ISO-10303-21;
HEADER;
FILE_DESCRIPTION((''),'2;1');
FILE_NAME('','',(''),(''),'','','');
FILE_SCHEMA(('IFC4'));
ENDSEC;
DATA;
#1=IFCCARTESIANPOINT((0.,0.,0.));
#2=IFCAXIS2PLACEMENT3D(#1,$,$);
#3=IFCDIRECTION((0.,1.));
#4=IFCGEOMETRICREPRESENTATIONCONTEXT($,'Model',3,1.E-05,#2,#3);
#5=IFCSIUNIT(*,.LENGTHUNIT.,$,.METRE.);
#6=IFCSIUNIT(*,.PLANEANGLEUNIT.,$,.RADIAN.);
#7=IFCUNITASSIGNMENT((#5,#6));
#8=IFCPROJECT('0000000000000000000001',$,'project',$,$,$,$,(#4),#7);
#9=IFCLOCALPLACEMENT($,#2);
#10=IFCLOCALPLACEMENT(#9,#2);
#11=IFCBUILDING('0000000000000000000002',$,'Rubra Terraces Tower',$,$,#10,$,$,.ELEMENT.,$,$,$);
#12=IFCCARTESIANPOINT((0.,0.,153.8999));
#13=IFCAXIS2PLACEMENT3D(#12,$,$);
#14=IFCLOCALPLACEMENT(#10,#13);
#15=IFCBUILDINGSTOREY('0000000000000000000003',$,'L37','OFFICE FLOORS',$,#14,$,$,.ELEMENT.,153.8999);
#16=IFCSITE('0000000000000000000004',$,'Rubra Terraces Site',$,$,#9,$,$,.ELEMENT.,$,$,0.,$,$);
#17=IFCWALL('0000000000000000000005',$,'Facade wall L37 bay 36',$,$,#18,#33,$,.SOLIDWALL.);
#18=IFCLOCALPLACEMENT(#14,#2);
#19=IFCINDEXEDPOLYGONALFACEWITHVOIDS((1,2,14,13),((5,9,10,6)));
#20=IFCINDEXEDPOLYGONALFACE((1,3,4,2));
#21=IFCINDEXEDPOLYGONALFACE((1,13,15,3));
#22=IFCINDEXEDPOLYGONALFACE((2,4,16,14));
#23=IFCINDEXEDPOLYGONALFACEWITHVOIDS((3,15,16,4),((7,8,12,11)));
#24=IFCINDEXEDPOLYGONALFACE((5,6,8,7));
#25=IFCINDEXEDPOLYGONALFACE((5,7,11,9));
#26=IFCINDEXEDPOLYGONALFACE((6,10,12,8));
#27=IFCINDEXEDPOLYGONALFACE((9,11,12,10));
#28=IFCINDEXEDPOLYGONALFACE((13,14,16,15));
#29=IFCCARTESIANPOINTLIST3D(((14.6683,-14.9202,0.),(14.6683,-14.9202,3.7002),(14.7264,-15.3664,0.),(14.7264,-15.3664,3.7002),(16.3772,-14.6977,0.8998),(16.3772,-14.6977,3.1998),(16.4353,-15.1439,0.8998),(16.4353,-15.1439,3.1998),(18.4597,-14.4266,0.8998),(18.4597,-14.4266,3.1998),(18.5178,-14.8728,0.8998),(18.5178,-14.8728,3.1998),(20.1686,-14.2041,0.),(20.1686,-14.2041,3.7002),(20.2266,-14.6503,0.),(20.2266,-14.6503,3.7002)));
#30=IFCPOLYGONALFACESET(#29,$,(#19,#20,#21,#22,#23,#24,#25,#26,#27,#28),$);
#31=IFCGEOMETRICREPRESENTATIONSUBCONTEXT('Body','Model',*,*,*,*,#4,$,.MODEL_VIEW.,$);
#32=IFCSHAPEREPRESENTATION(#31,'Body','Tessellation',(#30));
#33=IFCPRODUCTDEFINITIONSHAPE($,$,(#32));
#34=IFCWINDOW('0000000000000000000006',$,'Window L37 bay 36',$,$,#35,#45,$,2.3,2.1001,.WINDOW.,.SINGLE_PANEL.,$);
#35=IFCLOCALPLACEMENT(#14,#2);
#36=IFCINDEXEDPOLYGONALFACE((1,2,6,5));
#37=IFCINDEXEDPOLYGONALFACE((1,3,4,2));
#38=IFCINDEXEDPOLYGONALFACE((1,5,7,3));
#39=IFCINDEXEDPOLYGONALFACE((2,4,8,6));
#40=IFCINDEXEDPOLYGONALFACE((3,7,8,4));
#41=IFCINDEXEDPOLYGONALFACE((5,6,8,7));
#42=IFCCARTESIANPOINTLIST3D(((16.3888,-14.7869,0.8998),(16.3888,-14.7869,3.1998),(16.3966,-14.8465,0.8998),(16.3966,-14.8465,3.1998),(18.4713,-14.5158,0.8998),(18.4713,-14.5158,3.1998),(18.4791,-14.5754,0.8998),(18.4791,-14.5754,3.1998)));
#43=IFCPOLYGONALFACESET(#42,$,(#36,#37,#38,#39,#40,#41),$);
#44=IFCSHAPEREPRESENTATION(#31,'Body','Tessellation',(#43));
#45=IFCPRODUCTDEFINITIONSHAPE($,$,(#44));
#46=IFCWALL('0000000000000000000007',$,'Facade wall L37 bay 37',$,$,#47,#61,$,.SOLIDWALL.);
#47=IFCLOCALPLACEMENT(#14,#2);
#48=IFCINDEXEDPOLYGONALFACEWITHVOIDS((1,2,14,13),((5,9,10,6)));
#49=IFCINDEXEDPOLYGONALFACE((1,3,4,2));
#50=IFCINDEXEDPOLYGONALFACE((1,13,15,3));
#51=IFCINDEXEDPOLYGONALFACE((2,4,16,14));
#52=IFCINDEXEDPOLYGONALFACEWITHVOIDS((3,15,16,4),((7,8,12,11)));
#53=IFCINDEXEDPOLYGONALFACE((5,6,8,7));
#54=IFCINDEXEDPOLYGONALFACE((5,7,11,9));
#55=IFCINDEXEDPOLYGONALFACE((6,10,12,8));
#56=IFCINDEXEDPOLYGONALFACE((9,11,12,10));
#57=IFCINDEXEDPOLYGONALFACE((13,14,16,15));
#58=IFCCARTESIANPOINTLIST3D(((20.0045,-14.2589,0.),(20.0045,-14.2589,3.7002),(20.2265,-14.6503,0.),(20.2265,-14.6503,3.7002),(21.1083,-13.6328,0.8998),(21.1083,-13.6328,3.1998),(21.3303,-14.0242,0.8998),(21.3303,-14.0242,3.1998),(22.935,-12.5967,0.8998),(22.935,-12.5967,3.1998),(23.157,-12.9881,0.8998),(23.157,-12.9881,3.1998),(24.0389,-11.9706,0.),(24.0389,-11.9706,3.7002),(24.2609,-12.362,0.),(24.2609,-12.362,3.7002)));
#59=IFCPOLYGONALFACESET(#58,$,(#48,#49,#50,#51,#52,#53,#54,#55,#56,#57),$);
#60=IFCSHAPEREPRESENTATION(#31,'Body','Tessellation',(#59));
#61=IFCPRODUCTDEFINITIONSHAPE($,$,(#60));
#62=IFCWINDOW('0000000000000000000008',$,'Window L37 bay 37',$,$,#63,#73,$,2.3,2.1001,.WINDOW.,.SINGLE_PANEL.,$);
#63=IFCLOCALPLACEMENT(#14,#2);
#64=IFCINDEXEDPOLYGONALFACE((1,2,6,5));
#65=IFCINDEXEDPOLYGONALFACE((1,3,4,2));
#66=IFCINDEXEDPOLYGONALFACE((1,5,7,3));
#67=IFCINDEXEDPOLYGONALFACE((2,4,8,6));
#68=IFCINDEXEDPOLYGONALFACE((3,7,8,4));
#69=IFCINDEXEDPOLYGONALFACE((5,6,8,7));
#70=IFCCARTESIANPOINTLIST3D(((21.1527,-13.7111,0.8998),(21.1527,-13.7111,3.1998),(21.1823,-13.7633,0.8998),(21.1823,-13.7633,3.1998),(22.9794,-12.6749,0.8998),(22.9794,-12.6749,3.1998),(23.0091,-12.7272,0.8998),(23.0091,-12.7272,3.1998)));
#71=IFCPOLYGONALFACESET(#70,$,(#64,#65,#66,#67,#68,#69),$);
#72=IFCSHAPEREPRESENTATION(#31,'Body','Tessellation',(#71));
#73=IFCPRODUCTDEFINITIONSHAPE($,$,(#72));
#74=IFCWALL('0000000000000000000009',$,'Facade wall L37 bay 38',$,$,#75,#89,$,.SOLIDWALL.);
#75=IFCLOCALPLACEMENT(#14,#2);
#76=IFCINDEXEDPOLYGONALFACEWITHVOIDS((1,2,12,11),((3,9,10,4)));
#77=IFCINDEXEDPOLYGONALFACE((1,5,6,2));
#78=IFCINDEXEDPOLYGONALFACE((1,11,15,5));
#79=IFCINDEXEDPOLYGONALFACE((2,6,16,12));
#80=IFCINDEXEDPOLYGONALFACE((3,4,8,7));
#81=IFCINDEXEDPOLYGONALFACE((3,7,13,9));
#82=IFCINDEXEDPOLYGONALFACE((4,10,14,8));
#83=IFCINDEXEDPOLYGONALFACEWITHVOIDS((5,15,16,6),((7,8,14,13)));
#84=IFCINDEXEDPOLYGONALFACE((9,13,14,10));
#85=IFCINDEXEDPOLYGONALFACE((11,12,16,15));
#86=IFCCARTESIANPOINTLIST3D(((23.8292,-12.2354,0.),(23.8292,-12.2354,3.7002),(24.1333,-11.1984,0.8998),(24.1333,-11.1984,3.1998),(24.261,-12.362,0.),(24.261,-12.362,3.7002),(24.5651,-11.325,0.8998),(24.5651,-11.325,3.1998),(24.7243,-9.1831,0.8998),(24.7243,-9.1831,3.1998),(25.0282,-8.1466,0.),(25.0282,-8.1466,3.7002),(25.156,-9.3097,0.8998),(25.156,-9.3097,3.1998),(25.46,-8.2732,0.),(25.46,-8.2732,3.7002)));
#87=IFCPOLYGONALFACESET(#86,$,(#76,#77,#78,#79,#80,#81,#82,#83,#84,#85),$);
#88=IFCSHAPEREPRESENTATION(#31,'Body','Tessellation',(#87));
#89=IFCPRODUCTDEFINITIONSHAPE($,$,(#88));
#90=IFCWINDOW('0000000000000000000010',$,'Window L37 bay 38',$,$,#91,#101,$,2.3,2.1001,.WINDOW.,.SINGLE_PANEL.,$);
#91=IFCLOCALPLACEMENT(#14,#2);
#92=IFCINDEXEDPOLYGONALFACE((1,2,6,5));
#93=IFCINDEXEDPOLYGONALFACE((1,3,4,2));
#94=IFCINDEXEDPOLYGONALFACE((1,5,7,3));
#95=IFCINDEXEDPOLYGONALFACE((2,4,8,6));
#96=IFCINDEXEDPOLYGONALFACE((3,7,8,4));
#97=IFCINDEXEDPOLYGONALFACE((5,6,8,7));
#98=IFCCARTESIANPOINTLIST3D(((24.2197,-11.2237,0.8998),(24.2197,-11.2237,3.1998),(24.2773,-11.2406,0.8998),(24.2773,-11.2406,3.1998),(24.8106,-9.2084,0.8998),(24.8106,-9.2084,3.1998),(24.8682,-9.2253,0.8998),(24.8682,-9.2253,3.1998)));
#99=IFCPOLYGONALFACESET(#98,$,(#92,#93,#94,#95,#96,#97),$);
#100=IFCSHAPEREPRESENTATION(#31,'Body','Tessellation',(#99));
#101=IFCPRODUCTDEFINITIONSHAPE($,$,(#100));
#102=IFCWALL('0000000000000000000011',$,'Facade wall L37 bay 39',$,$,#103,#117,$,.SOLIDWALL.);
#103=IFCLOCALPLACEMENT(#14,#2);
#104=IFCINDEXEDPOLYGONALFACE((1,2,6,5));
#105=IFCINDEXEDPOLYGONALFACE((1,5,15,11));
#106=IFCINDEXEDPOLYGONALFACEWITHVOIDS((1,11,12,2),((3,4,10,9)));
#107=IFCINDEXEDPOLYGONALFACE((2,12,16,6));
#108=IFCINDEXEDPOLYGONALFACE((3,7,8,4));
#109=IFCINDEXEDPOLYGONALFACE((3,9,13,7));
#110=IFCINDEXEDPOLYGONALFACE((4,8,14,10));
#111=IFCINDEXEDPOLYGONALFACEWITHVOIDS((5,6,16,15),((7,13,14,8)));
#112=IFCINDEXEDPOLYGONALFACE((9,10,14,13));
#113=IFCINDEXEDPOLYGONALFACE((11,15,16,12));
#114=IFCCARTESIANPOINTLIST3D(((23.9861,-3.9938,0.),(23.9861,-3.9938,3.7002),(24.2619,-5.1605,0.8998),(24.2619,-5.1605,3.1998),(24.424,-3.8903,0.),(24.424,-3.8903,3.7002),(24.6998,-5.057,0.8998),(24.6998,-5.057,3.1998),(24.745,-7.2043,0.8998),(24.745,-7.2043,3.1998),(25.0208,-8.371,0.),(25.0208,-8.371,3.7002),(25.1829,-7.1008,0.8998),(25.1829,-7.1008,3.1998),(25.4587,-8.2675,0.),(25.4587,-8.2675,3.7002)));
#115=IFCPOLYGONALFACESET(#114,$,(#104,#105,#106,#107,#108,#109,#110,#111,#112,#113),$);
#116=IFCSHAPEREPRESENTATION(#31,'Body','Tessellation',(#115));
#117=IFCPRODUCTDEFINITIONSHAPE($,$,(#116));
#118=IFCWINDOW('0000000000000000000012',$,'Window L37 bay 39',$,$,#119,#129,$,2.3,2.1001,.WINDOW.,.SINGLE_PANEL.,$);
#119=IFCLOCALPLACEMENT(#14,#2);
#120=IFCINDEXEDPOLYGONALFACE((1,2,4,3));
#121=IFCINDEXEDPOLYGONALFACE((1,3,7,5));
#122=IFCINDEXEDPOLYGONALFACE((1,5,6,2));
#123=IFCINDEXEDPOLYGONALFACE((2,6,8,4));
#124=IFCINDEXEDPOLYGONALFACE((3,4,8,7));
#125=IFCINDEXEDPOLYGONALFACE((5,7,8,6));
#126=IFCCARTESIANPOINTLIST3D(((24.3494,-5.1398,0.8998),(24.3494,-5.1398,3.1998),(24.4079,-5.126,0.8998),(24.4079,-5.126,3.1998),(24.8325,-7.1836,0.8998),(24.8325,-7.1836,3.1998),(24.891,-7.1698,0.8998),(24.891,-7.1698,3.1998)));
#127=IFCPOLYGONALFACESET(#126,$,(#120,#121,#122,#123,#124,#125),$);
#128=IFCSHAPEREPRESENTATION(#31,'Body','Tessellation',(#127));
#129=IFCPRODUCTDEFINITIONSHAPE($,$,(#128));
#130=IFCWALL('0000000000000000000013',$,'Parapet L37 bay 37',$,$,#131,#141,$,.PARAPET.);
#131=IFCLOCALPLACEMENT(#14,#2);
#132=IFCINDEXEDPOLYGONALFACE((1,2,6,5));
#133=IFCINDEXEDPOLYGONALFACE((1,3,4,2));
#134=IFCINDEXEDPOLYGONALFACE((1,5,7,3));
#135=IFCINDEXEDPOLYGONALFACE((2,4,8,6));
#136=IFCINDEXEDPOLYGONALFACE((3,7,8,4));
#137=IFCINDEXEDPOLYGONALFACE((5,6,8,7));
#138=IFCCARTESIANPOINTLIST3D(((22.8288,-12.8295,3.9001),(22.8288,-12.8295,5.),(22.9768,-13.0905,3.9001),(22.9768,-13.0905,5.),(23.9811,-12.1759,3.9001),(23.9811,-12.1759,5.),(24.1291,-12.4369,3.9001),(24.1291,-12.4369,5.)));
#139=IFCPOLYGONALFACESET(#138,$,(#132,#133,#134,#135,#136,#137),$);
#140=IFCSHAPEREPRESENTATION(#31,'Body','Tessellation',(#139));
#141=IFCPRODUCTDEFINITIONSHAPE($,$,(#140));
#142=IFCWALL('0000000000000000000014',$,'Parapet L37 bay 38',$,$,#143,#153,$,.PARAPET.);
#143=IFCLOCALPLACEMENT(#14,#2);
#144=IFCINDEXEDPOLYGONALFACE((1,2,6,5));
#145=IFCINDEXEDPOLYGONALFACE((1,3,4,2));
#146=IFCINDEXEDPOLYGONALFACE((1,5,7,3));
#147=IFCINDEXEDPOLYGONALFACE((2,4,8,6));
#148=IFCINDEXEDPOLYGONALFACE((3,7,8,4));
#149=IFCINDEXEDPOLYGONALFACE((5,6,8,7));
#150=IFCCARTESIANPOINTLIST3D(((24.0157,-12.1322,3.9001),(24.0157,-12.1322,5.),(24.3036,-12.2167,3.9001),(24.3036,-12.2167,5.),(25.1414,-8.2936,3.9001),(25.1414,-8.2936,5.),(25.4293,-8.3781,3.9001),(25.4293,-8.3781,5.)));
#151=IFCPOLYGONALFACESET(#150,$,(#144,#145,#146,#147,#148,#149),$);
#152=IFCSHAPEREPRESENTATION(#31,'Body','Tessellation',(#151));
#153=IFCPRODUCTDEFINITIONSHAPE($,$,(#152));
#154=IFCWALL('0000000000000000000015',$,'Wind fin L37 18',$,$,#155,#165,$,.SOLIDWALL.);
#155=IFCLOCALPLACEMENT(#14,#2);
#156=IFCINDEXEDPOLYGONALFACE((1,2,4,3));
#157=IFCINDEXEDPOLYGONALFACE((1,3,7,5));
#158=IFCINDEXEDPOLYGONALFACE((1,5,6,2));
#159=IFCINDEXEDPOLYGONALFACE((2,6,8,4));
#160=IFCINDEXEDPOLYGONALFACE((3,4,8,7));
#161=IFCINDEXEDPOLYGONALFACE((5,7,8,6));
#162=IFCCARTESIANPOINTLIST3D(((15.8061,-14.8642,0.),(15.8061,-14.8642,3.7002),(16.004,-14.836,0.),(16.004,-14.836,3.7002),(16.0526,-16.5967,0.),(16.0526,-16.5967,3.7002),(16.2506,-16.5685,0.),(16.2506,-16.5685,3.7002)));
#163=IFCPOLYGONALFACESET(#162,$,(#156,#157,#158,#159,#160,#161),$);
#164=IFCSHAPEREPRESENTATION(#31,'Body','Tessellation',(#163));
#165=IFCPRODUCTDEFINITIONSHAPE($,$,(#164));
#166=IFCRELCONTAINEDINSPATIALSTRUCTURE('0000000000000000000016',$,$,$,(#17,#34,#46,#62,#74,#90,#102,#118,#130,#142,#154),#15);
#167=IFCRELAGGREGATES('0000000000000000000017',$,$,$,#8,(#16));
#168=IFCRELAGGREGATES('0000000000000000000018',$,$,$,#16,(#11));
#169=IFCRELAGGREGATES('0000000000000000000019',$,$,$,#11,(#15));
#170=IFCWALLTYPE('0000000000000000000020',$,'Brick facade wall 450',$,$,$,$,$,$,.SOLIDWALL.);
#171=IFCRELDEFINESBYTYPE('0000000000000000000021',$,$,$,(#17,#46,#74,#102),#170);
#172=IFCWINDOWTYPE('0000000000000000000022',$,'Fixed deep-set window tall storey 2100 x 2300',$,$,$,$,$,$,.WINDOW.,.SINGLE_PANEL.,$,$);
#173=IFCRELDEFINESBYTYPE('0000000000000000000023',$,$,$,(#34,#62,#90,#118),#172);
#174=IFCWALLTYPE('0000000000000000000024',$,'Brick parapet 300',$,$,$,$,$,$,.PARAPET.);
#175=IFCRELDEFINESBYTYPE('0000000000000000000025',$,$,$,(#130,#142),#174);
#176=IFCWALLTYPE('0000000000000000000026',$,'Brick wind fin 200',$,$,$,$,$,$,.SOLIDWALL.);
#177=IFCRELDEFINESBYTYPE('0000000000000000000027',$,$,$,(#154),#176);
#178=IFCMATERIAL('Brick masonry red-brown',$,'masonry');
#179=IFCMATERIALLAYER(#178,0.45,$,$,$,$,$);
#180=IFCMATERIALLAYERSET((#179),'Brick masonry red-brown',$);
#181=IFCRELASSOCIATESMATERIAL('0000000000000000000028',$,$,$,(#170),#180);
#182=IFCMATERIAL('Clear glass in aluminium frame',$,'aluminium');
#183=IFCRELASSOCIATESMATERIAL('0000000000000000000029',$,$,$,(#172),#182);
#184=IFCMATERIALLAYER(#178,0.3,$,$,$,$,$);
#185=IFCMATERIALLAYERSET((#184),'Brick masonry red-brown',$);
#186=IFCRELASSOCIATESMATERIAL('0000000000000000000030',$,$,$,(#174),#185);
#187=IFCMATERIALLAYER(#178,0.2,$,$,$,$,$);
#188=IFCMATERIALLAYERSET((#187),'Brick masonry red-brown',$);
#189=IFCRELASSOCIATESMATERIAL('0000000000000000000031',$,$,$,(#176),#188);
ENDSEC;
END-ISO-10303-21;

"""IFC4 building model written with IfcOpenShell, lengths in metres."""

from ifc_helpers import new_model, si_unit, direction, frame, frame_2d, origin, place, context, subcontext, project, spatial, rectangle, extrude, material, layer, layer_set, type_object, element, fill, save


model = new_model("IFC4")

# Units and contexts
model_context = context("Model", 3, precision=1e-05, world=origin(), true_north=direction((0.0, 1.0)))
body_context = subcontext(model_context, "Body", "Model", "MODEL_VIEW")
ifc_project = project(units=[si_unit("LENGTHUNIT", "METRE"), si_unit("PLANEANGLEUNIT", "RADIAN")], contexts=[model_context])

# Site, building, storey
site_placement = place(None, origin())
site = spatial("IfcSite", under=ifc_project, at=site_placement, Name="Rubra Terraces Site", CompositionType="ELEMENT", RefElevation=0.0)
building_placement = place(site_placement, origin())
building = spatial("IfcBuilding", under=site, at=building_placement, Name="Rubra Terraces Tower", CompositionType="ELEMENT")
storey_placement = place(building_placement, frame((0.0, 0.0, 153.8999)))
storey = spatial("IfcBuildingStorey", under=building, at=storey_placement, Name="L37", Description="OFFICE FLOORS", CompositionType="ELEMENT", Elevation=153.8999)

# Walls, openings, windows
ifc_material_1 = material(Name="Brick masonry red-brown", Category="masonry")
ifc_layer_1 = layer(ifc_material_1, 0.45)
ifc_layer_set_1 = layer_set([ifc_layer_1], Name="Brick masonry red-brown")
wall_type_1 = type_object("IfcWallType", Name="Brick facade wall 450", PredefinedType="SOLIDWALL", material=ifc_layer_set_1)
wall_1_placement = place(storey_placement, frame((14.6973, -15.1433, 0.0), z_axis=(0.0, 0.0, 1.0), x_axis=(0.991632, 0.129098, 0.0)))
wall_1 = element("IfcWall", 1, at=wall_1_placement, inside=storey, type_object=wall_type_1, Name="Facade wall L37 bay 36", PredefinedType="SOLIDWALL", context=body_context, shape_type="SweptSolid", body=[
    extrude(rectangle(XDim=5.5466, YDim=0.45, at=frame_2d((2.7734, 0.0))), origin(), (0.0, 0.0, 1.0), 3.7002),
])
opening_1_placement = place(wall_1_placement, frame((1.7234, 0.0, 0.8999)))
opening_1 = element("IfcOpeningElement", 2, at=opening_1_placement, cuts=wall_1, PredefinedType="OPENING", context=body_context, shape_type="SweptSolid", body=[
    extrude(rectangle(XDim=2.1001, YDim=2.3, at=frame_2d((1.05, 1.1499))), frame((0.0, 0.2349, 0.0), z_axis=(0.0, -1.0, 0.0), x_axis=(1.0, 0.0, 0.0)), (0.0, 0.0, 1.0), 0.47),
])
ifc_material_2 = material(Name="Clear glass in aluminium frame", Category="aluminium")
window_type = type_object("IfcWindowType", Name="Fixed deep-set window tall storey 2100 x 2300", PartitioningType="SINGLE_PANEL", PredefinedType="WINDOW", material=ifc_material_2)
window_1_placement = place(opening_1_placement, origin())
window_1 = element("IfcWindow", 3, at=window_1_placement, inside=storey, type_object=window_type, Name="Window L37 bay 36", OverallHeight=2.3, OverallWidth=2.1001, PartitioningType="SINGLE_PANEL", PredefinedType="WINDOW", context=body_context, shape_type="SweptSolid", body=[
    extrude(rectangle(XDim=2.1001, YDim=2.3, at=frame_2d((1.05, 1.1499))), frame((0.0, 0.135, 0.0), z_axis=(0.0, -1.0, 0.0), x_axis=(1.0, 0.0, 0.0)), (0.0, 0.0, 1.0), 0.0601),
])
fill(opening_1, window_1)
wall_2_placement = place(storey_placement, frame((20.1155, -14.4546, 0.0), z_axis=(0.0, 0.0, 1.0), x_axis=(0.869823, 0.493364, 0.0)))
wall_2 = element("IfcWall", 4, at=wall_2_placement, inside=storey, type_object=wall_type_1, Name="Facade wall L37 bay 37", PredefinedType="SOLIDWALL", context=body_context, shape_type="SweptSolid", body=[
    extrude(rectangle(XDim=4.6382, YDim=0.45, at=frame_2d((2.3191, 0.0))), origin(), (0.0, 0.0, 1.0), 3.7002),
])
opening_2_placement = place(wall_2_placement, frame((1.269, 0.0, 0.8999)))
opening_2 = element("IfcOpeningElement", 5, at=opening_2_placement, cuts=wall_2, PredefinedType="OPENING", context=body_context, shape_type="SweptSolid", body=[
    extrude(rectangle(XDim=2.1001, YDim=2.3, at=frame_2d((1.05, 1.1499))), frame((0.0, 0.2349, 0.0), z_axis=(0.0, -1.0, 0.0), x_axis=(1.0, 0.0, 0.0)), (0.0, 0.0, 1.0), 0.47),
])
window_2_placement = place(opening_2_placement, origin())
window_2 = element("IfcWindow", 6, at=window_2_placement, inside=storey, type_object=window_type, Name="Window L37 bay 37", OverallHeight=2.3, OverallWidth=2.1001, PartitioningType="SINGLE_PANEL", PredefinedType="WINDOW", context=body_context, shape_type="SweptSolid", body=[
    extrude(rectangle(XDim=2.1001, YDim=2.3, at=frame_2d((1.05, 1.1499))), frame((0.0, 0.135, 0.0), z_axis=(0.0, -1.0, 0.0), x_axis=(1.0, 0.0, 0.0)), (0.0, 0.0, 1.0), 0.0601),
])
fill(opening_2, window_2)
wall_3_placement = place(storey_placement, frame((24.0452, -12.2986, 0.0), z_axis=(0.0, 0.0, 1.0), x_axis=(0.281381, 0.959596, 0.0)))
wall_3 = element("IfcWall", 7, at=wall_3_placement, inside=storey, type_object=wall_type_1, Name="Facade wall L37 bay 38", PredefinedType="SOLIDWALL", context=body_context, shape_type="SweptSolid", body=[
    extrude(rectangle(XDim=4.261, YDim=0.45, at=frame_2d((2.1304, 0.0))), origin(), (0.0, 0.0, 1.0), 3.7002),
])
opening_3_placement = place(wall_3_placement, frame((1.0806, 0.0, 0.8999)))
opening_3 = element("IfcOpeningElement", 8, at=opening_3_placement, cuts=wall_3, PredefinedType="OPENING", context=body_context, shape_type="SweptSolid", body=[
    extrude(rectangle(XDim=2.1001, YDim=2.3, at=frame_2d((1.05, 1.1499))), frame((0.0, 0.2349, 0.0), z_axis=(0.0, -1.0, 0.0), x_axis=(1.0, 0.0, 0.0)), (0.0, 0.0, 1.0), 0.47),
])
window_3_placement = place(opening_3_placement, origin())
window_3 = element("IfcWindow", 9, at=window_3_placement, inside=storey, type_object=window_type, Name="Window L37 bay 38", OverallHeight=2.3, OverallWidth=2.1001, PartitioningType="SINGLE_PANEL", PredefinedType="WINDOW", context=body_context, shape_type="SweptSolid", body=[
    extrude(rectangle(XDim=2.1001, YDim=2.3, at=frame_2d((1.05, 1.1499))), frame((0.0, 0.135, 0.0), z_axis=(0.0, -1.0, 0.0), x_axis=(1.0, 0.0, 0.0)), (0.0, 0.0, 1.0), 0.0601),
])
fill(opening_3, window_3)
wall_4_placement = place(storey_placement, frame((25.2397, -8.3193, 0.0), z_axis=(0.0, 0.0, 1.0), x_axis=(-0.230038, 0.973182, 0.0)))
wall_4 = element("IfcWall", 10, at=wall_4_placement, inside=storey, type_object=wall_type_1, Name="Facade wall L37 bay 39", PredefinedType="SOLIDWALL", context=body_context, shape_type="SweptSolid", body=[
    extrude(rectangle(XDim=4.4978, YDim=0.45, at=frame_2d((2.249, 0.0))), origin(), (0.0, 0.0, 1.0), 3.7002),
])
opening_4_placement = place(wall_4_placement, frame((1.199, 0.0, 0.8999)))
opening_4 = element("IfcOpeningElement", 11, at=opening_4_placement, cuts=wall_4, PredefinedType="OPENING", context=body_context, shape_type="SweptSolid", body=[
    extrude(rectangle(XDim=2.1001, YDim=2.3, at=frame_2d((1.05, 1.1499))), frame((0.0, 0.2349, 0.0), z_axis=(0.0, -1.0, 0.0), x_axis=(1.0, 0.0, 0.0)), (0.0, 0.0, 1.0), 0.47),
])
window_4_placement = place(opening_4_placement, origin())
window_4 = element("IfcWindow", 12, at=window_4_placement, inside=storey, type_object=window_type, Name="Window L37 bay 39", OverallHeight=2.3, OverallWidth=2.1001, PartitioningType="SINGLE_PANEL", PredefinedType="WINDOW", context=body_context, shape_type="SweptSolid", body=[
    extrude(rectangle(XDim=2.1001, YDim=2.3, at=frame_2d((1.05, 1.1499))), frame((0.0, 0.135, 0.0), z_axis=(0.0, -1.0, 0.0), x_axis=(1.0, 0.0, 0.0)), (0.0, 0.0, 1.0), 0.0601),
])
fill(opening_4, window_4)

# Walls
ifc_layer_2 = layer(ifc_material_1, 0.3)
ifc_layer_set_2 = layer_set([ifc_layer_2], Name="Brick masonry red-brown")
wall_type_2 = type_object("IfcWallType", Name="Brick parapet 300", PredefinedType="PARAPET", material=ifc_layer_set_2)
wall_5_placement = place(storey_placement, frame((22.9028, -12.96, 3.9001), z_axis=(0.0, 0.0, 1.0), x_axis=(0.869838, 0.493338, 0.0)))
element("IfcWall", 13, at=wall_5_placement, inside=storey, type_object=wall_type_2, Name="Parapet L37 bay 37", PredefinedType="PARAPET", context=body_context, shape_type="SweptSolid", body=[
    extrude(rectangle(XDim=1.3247, YDim=0.3, at=frame_2d((0.6624, 0.0))), origin(), (0.0, 0.0, 1.0), 1.0999),
])
wall_6_placement = place(storey_placement, frame((24.1597, -12.1743, 3.9001), z_axis=(0.0, 0.0, 1.0), x_axis=(0.281413, 0.959587, 0.0)))
element("IfcWall", 14, at=wall_6_placement, inside=storey, type_object=wall_type_2, Name="Parapet L37 bay 38", PredefinedType="PARAPET", context=body_context, shape_type="SweptSolid", body=[
    extrude(rectangle(XDim=4.0002, YDim=0.3, at=frame_2d((2.0, 0.0))), origin(), (0.0, 0.0, 1.0), 1.0999),
])
ifc_layer_3 = layer(ifc_material_1, 0.2)
ifc_layer_set_3 = layer_set([ifc_layer_3], Name="Brick masonry red-brown")
wall_type_3 = type_object("IfcWallType", Name="Brick wind fin 200", PredefinedType="SOLIDWALL", material=ifc_layer_set_3)
wall_7_placement = place(storey_placement, frame((15.905, -14.8501, 0.0), z_axis=(0.0, 0.0, 1.0), x_axis=(0.140913, -0.990022, 0.0)))
element("IfcWall", 15, at=wall_7_placement, inside=storey, type_object=wall_type_3, Name="Wind fin L37 18", PredefinedType="SOLIDWALL", context=body_context, shape_type="SweptSolid", body=[
    extrude(rectangle(XDim=1.75, YDim=0.2, at=frame_2d((0.875, 0.0))), origin(), (0.0, 0.0, 1.0), 3.7002),
])

save(model, "model.ifc")
